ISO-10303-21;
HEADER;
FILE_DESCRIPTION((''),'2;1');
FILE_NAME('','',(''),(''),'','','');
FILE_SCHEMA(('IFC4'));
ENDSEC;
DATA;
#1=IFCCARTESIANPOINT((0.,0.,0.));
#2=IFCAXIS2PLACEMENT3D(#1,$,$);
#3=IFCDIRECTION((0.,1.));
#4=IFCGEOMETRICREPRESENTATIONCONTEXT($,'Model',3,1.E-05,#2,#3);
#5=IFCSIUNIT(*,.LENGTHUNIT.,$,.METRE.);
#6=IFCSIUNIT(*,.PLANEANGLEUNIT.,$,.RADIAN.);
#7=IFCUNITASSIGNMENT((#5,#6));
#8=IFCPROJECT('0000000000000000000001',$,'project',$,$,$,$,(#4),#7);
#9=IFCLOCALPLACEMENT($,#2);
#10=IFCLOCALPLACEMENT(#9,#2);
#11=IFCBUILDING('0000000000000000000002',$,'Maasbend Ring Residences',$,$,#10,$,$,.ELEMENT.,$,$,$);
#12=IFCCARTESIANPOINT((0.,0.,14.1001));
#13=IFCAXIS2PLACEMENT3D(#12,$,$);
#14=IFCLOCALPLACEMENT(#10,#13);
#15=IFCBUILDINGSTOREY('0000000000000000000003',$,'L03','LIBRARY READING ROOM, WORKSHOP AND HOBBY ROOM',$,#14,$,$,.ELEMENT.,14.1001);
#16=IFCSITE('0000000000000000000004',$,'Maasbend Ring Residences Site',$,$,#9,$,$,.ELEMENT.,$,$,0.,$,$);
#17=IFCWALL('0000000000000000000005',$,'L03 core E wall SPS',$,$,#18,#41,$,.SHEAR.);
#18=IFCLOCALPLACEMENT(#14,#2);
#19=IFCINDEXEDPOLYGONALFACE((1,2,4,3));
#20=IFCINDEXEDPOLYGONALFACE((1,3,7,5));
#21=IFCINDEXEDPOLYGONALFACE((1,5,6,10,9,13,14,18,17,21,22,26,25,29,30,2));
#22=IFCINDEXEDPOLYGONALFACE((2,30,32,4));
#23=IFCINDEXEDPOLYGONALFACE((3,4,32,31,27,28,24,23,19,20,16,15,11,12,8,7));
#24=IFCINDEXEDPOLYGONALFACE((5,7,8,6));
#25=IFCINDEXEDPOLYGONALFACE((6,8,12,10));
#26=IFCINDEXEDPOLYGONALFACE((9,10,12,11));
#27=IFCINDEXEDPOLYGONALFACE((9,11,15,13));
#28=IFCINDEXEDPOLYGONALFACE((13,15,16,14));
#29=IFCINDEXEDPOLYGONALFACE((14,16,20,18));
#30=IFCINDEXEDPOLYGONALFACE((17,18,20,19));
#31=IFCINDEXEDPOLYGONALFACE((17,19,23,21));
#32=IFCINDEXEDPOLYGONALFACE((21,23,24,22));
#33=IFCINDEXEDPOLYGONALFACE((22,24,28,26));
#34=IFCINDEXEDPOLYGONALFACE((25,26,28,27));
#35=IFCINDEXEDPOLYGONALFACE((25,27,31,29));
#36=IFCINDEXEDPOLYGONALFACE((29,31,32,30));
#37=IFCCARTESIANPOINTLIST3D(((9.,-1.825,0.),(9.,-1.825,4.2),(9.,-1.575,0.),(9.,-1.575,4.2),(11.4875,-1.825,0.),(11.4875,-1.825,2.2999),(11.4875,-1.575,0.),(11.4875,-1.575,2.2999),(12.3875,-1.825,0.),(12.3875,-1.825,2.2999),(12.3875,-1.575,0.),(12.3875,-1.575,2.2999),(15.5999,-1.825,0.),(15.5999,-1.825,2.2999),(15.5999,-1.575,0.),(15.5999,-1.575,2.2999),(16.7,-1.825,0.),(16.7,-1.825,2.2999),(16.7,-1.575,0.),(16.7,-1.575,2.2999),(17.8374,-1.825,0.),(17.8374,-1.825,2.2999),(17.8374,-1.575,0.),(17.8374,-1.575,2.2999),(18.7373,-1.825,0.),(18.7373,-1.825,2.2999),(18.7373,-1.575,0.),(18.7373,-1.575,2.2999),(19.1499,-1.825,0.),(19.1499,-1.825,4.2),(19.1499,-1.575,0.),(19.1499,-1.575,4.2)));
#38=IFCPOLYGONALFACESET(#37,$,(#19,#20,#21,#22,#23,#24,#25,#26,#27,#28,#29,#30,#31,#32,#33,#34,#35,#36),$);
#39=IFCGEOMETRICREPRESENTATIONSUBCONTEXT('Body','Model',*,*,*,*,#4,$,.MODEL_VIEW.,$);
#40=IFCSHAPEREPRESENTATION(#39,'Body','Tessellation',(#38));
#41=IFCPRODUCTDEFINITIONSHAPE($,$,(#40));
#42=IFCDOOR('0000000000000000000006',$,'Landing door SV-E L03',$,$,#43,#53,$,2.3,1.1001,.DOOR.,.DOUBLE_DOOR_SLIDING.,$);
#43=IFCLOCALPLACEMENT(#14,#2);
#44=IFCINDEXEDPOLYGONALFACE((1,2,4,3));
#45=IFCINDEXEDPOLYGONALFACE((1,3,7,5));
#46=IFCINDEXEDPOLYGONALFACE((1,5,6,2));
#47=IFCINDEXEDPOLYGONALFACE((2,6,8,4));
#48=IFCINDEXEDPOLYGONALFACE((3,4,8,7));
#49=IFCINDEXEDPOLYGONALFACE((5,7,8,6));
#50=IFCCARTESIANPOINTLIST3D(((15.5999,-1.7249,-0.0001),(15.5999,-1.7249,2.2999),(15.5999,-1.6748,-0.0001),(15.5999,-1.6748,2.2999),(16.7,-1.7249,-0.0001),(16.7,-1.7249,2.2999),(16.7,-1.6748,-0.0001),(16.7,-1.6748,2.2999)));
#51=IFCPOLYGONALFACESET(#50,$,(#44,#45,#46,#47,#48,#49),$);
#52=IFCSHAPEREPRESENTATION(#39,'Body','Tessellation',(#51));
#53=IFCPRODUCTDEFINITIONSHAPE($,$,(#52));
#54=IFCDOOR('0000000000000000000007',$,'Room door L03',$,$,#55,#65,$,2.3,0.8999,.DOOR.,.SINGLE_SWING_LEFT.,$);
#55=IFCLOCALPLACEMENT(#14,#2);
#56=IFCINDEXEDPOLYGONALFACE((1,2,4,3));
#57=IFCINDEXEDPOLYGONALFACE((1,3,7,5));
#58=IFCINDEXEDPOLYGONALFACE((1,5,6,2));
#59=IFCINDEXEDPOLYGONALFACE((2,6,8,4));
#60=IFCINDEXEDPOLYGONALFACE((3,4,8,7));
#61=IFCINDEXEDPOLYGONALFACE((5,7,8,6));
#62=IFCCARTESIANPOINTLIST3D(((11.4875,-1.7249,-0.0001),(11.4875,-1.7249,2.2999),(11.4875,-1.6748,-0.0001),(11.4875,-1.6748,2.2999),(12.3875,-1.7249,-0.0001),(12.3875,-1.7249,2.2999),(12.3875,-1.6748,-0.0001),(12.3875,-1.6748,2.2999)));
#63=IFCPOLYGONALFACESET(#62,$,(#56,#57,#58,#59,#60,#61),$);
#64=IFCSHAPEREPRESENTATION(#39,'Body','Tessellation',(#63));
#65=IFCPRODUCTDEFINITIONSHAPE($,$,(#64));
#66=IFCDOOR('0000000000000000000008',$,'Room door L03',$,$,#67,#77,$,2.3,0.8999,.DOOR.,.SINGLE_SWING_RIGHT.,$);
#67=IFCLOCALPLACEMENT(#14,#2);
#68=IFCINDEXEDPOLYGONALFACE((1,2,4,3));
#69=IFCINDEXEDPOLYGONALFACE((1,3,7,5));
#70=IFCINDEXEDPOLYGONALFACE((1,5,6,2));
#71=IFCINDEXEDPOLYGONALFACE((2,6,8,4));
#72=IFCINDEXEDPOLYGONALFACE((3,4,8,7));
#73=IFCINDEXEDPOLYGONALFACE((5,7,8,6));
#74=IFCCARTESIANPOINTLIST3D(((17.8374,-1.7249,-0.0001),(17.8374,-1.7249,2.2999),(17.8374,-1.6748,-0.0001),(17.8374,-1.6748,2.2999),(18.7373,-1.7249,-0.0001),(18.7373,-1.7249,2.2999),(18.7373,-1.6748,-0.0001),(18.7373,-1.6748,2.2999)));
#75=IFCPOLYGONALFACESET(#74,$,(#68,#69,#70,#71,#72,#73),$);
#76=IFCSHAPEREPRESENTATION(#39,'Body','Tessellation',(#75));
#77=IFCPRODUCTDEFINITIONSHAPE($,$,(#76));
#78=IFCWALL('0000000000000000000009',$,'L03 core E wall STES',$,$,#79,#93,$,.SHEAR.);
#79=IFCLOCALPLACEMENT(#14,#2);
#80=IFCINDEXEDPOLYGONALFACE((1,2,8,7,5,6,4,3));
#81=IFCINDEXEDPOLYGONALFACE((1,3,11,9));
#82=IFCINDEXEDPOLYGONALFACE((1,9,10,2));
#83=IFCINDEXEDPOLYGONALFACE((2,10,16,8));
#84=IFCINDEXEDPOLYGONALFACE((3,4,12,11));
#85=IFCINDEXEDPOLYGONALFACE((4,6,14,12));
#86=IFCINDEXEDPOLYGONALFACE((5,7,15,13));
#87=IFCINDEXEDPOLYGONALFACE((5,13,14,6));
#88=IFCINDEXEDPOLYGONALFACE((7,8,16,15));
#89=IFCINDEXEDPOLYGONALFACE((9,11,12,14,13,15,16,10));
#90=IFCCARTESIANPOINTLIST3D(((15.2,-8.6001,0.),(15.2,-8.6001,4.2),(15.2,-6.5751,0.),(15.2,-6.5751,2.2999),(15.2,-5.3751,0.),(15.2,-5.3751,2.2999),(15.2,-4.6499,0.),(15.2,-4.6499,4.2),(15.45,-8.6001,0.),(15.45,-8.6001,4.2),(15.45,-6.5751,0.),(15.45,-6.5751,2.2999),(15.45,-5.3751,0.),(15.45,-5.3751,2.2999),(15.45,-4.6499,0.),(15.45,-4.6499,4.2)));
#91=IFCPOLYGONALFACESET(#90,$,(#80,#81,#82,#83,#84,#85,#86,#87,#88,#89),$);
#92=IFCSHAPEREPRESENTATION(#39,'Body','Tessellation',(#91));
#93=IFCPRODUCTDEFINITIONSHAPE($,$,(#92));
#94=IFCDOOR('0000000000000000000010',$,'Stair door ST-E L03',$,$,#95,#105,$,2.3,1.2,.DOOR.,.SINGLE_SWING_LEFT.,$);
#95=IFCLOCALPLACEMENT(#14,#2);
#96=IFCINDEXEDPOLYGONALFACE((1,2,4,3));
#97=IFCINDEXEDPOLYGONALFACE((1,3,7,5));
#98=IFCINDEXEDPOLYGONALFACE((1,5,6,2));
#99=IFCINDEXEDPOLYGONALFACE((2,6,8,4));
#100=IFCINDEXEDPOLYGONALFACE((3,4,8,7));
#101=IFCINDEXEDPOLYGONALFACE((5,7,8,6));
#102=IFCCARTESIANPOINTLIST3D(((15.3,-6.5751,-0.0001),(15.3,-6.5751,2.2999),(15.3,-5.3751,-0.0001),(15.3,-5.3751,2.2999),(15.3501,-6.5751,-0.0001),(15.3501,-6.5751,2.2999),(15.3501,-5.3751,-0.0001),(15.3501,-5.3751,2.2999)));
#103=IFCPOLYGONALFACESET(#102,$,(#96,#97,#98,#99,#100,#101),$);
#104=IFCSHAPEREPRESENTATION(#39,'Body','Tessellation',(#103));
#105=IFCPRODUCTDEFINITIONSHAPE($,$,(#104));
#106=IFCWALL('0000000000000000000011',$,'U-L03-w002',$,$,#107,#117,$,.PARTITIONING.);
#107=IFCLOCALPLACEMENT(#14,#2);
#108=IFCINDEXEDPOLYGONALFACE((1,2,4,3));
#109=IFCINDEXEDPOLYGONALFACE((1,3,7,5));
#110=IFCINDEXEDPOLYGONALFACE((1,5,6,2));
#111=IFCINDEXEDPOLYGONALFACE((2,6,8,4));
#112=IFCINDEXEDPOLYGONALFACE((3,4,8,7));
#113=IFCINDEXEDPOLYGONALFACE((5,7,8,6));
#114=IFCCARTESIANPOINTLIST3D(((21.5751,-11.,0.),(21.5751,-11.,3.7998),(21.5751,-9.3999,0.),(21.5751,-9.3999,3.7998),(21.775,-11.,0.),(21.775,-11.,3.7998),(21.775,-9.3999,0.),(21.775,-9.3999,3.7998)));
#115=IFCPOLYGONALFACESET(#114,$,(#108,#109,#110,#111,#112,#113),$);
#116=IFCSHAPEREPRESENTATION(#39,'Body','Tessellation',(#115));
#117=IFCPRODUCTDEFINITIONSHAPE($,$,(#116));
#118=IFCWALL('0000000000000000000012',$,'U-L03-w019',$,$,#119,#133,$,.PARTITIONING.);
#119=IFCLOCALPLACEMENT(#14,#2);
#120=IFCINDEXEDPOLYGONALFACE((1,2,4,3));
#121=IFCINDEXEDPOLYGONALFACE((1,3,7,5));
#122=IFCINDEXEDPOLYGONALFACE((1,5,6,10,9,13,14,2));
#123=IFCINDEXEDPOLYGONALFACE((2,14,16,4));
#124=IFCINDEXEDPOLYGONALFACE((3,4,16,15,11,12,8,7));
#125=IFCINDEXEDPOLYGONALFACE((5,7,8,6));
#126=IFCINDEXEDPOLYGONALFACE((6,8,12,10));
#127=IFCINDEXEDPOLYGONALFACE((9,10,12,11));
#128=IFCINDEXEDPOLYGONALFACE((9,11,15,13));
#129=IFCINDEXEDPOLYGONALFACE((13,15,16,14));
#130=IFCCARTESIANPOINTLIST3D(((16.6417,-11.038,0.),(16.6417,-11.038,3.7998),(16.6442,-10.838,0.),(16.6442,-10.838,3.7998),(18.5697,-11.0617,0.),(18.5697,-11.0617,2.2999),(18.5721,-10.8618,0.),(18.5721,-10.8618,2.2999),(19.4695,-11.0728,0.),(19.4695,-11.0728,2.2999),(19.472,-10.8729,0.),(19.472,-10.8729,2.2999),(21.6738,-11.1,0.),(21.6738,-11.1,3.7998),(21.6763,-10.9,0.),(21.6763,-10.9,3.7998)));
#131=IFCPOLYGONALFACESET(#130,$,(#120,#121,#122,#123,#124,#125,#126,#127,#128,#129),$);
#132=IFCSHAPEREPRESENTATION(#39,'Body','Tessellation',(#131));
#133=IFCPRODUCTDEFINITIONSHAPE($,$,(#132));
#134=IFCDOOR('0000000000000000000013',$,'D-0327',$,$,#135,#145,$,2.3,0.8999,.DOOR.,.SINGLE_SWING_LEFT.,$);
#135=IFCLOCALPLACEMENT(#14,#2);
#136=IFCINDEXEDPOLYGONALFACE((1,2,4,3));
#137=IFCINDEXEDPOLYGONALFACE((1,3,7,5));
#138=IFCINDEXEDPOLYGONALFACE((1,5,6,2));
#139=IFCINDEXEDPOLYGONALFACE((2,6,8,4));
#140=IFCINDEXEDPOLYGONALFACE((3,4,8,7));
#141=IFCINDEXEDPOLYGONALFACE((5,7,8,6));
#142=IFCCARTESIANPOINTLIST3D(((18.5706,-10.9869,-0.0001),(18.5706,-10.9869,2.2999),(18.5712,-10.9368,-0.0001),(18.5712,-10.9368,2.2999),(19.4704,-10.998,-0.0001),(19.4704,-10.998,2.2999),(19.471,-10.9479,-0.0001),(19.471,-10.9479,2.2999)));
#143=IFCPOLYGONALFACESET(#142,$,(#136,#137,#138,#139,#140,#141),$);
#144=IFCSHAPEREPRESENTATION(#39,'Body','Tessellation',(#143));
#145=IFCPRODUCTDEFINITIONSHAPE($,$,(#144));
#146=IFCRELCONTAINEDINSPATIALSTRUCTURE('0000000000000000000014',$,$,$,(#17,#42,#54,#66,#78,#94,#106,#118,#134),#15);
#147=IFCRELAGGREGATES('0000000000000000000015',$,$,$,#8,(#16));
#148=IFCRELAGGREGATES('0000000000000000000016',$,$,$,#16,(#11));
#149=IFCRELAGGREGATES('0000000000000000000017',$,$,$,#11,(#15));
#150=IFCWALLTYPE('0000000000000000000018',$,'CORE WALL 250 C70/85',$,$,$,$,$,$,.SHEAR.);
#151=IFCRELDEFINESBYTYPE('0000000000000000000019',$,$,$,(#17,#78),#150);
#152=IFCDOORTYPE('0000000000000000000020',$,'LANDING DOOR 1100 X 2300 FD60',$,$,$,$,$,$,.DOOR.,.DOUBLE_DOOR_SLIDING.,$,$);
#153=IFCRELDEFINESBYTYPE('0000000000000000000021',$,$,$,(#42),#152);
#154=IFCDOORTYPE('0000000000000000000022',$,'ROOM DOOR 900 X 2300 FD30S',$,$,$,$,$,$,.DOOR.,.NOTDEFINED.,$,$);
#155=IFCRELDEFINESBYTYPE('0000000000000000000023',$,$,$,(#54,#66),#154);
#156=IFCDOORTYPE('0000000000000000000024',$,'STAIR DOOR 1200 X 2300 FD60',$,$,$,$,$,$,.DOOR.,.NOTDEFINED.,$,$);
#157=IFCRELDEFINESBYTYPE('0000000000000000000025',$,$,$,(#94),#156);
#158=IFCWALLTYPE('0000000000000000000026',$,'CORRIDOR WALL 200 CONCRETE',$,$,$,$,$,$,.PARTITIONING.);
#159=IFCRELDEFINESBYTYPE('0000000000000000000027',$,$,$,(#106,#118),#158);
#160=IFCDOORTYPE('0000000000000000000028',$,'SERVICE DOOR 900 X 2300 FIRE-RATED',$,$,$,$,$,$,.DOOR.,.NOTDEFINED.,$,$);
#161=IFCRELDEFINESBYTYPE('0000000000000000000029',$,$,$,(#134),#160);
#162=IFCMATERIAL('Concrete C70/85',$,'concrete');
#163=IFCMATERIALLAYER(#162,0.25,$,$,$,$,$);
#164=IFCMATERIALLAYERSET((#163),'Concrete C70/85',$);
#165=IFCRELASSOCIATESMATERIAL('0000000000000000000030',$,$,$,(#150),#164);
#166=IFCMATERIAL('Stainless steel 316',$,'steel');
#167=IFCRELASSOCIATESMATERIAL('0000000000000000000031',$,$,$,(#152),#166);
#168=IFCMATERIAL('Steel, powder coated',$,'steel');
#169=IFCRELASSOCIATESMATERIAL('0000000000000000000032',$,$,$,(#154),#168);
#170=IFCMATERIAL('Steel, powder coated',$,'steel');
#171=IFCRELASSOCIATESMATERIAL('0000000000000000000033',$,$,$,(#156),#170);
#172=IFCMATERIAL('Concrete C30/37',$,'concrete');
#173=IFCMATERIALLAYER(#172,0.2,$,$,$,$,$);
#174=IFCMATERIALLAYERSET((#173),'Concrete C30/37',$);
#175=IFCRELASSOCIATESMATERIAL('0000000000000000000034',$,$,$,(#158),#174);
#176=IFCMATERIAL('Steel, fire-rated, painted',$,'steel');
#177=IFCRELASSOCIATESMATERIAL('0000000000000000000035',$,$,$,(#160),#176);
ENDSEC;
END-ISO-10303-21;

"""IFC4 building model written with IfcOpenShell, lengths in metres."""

from ifc_helpers import new_model, si_unit, direction, frame, frame_2d, origin, place, context, subcontext, project, spatial, rectangle, extrude, material, layer, layer_set, type_object, element, fill, save


model = new_model("IFC4")

# Units and contexts
model_context = context("Model", 3, precision=1e-05, world=origin(), true_north=direction((0.0, 1.0)))
body_context = subcontext(model_context, "Body", "Model", "MODEL_VIEW")
ifc_project = project(units=[si_unit("LENGTHUNIT", "METRE"), si_unit("PLANEANGLEUNIT", "RADIAN")], contexts=[model_context])

# Site, building, storey
site_placement = place(None, origin())
site = spatial("IfcSite", under=ifc_project, at=site_placement, Name="Maasbend Ring Residences Site", CompositionType="ELEMENT", RefElevation=0.0)
building_placement = place(site_placement, origin())
building = spatial("IfcBuilding", under=site, at=building_placement, Name="Maasbend Ring Residences", CompositionType="ELEMENT")
storey_placement = place(building_placement, frame((0.0, 0.0, 14.1001)))
storey = spatial("IfcBuildingStorey", under=building, at=storey_placement, Name="L03", Description="LIBRARY READING ROOM, WORKSHOP AND HOBBY ROOM", CompositionType="ELEMENT", Elevation=14.1001)

# Wall, openings, doors
ifc_material_1 = material(Name="Concrete C70/85", Category="concrete")
ifc_layer_1 = layer(ifc_material_1, 0.25)
ifc_layer_set_1 = layer_set([ifc_layer_1], Name="Concrete C70/85")
wall_type_1 = type_object("IfcWallType", Name="CORE WALL 250 C70/85", PredefinedType="SHEAR", material=ifc_layer_set_1)
wall_1_placement = place(storey_placement, frame((19.1499, -1.7, 0.0), z_axis=(0.0, 0.0, 1.0), x_axis=(-1.0, 0.0, 0.0)))
wall_1 = element("IfcWall", 1, at=wall_1_placement, inside=storey, type_object=wall_type_1, Name="L03 core E wall SPS", PredefinedType="SHEAR", context=body_context, shape_type="SweptSolid", body=[
    extrude(rectangle(XDim=10.1499, YDim=0.25, at=frame_2d((5.075, 0.0))), origin(), (0.0, 0.0, 1.0), 4.2),
])
opening_1_placement = place(wall_1_placement, frame((2.45, 0.0, 0.0)))
opening_1 = element("IfcOpeningElement", 2, at=opening_1_placement, cuts=wall_1, PredefinedType="OPENING", context=body_context, shape_type="SweptSolid", body=[
    extrude(rectangle(XDim=1.1001, YDim=2.3, at=frame_2d((0.55, 1.1499))), frame((0.0, 0.135, 0.0), z_axis=(0.0, -1.0, 0.0), x_axis=(1.0, 0.0, 0.0)), (0.0, 0.0, 1.0), 0.27),
])
opening_2_placement = place(wall_1_placement, frame((6.7625, 0.0, 0.0)))
opening_2 = element("IfcOpeningElement", 3, at=opening_2_placement, cuts=wall_1, PredefinedType="OPENING", context=body_context, shape_type="SweptSolid", body=[
    extrude(rectangle(XDim=0.8999, YDim=2.3, at=frame_2d((0.45, 1.1499))), frame((0.0, 0.135, 0.0), z_axis=(0.0, -1.0, 0.0), x_axis=(1.0, 0.0, 0.0)), (0.0, 0.0, 1.0), 0.27),
])
opening_3_placement = place(wall_1_placement, frame((0.4126, 0.0, 0.0)))
opening_3 = element("IfcOpeningElement", 4, at=opening_3_placement, cuts=wall_1, PredefinedType="OPENING", context=body_context, shape_type="SweptSolid", body=[
    extrude(rectangle(XDim=0.8999, YDim=2.3, at=frame_2d((0.45, 1.1499))), frame((0.0, 0.135, 0.0), z_axis=(0.0, -1.0, 0.0), x_axis=(1.0, 0.0, 0.0)), (0.0, 0.0, 1.0), 0.27),
])
ifc_material_2 = material(Name="Stainless steel 316", Category="steel")
door_type_1 = type_object("IfcDoorType", Name="LANDING DOOR 1100 X 2300 FD60", OperationType="DOUBLE_DOOR_SLIDING", PredefinedType="DOOR", material=ifc_material_2)
door_1_placement = place(opening_1_placement, origin())
door_1 = element("IfcDoor", 5, at=door_1_placement, inside=storey, type_object=door_type_1, Name="Landing door SV-E L03", OperationType="DOUBLE_DOOR_SLIDING", OverallHeight=2.3, OverallWidth=1.1001, PredefinedType="DOOR", context=body_context, shape_type="SweptSolid", body=[
    extrude(rectangle(XDim=1.1001, YDim=2.3, at=frame_2d((0.55, 1.1499))), frame((0.0, 0.0249, 0.0), z_axis=(0.0, -1.0, 0.0), x_axis=(1.0, 0.0, 0.0)), (0.0, 0.0, 1.0), 0.05),
])
fill(opening_1, door_1)
ifc_material_3 = material(Name="Steel, powder coated", Category="steel")
door_type_2 = type_object("IfcDoorType", Name="ROOM DOOR 900 X 2300 FD30S", OperationType="NOTDEFINED", PredefinedType="DOOR", material=ifc_material_3)
door_2_placement = place(opening_2_placement, origin())
door_2 = element("IfcDoor", 6, at=door_2_placement, inside=storey, type_object=door_type_2, Name="Room door L03", OperationType="SINGLE_SWING_LEFT", OverallHeight=2.3, OverallWidth=0.8999, PredefinedType="DOOR", context=body_context, shape_type="SweptSolid", body=[
    extrude(rectangle(XDim=0.8999, YDim=2.3, at=frame_2d((0.45, 1.1499))), frame((0.0, 0.0249, 0.0), z_axis=(0.0, -1.0, 0.0), x_axis=(1.0, 0.0, 0.0)), (0.0, 0.0, 1.0), 0.05),
])
fill(opening_2, door_2)
door_3_placement = place(opening_3_placement, origin())
door_3 = element("IfcDoor", 7, at=door_3_placement, inside=storey, type_object=door_type_2, Name="Room door L03", OperationType="SINGLE_SWING_RIGHT", OverallHeight=2.3, OverallWidth=0.8999, PredefinedType="DOOR", context=body_context, shape_type="SweptSolid", body=[
    extrude(rectangle(XDim=0.8999, YDim=2.3, at=frame_2d((0.45, 1.1499))), frame((0.0, 0.0249, 0.0), z_axis=(0.0, -1.0, 0.0), x_axis=(1.0, 0.0, 0.0)), (0.0, 0.0, 1.0), 0.05),
])
fill(opening_3, door_3)

# Wall, opening, door
wall_2_placement = place(storey_placement, frame((15.325, -8.6001, 0.0), z_axis=(0.0, 0.0, 1.0), x_axis=(0.0, 1.0, 0.0)))
wall_2 = element("IfcWall", 8, at=wall_2_placement, inside=storey, type_object=wall_type_1, Name="L03 core E wall STES", PredefinedType="SHEAR", context=body_context, shape_type="SweptSolid", body=[
    extrude(rectangle(XDim=3.9502, YDim=0.25, at=frame_2d((1.9751, 0.0))), origin(), (0.0, 0.0, 1.0), 4.2),
])
opening_4_placement = place(wall_2_placement, frame((2.0249, 0.0, 0.0)))
opening_4 = element("IfcOpeningElement", 9, at=opening_4_placement, cuts=wall_2, PredefinedType="OPENING", context=body_context, shape_type="SweptSolid", body=[
    extrude(rectangle(XDim=1.2, YDim=2.3, at=frame_2d((0.6001, 1.1499))), frame((0.0, 0.135, 0.0), z_axis=(0.0, -1.0, 0.0), x_axis=(1.0, 0.0, 0.0)), (0.0, 0.0, 1.0), 0.27),
])
ifc_material_4 = material(Name="Steel, powder coated", Category="steel")
door_type_3 = type_object("IfcDoorType", Name="STAIR DOOR 1200 X 2300 FD60", OperationType="NOTDEFINED", PredefinedType="DOOR", material=ifc_material_4)
door_4_placement = place(opening_4_placement, origin())
door_4 = element("IfcDoor", 10, at=door_4_placement, inside=storey, type_object=door_type_3, Name="Stair door ST-E L03", OperationType="SINGLE_SWING_LEFT", OverallHeight=2.3, OverallWidth=1.2, PredefinedType="DOOR", context=body_context, shape_type="SweptSolid", body=[
    extrude(rectangle(XDim=1.2, YDim=2.3, at=frame_2d((0.6001, 1.1499))), frame((0.0, 0.0249, 0.0), z_axis=(0.0, -1.0, 0.0), x_axis=(1.0, 0.0, 0.0)), (0.0, 0.0, 1.0), 0.05),
])
fill(opening_4, door_4)

# Wall
ifc_material_5 = material(Name="Concrete C30/37", Category="concrete")
ifc_layer_2 = layer(ifc_material_5, 0.2)
ifc_layer_set_2 = layer_set([ifc_layer_2], Name="Concrete C30/37")
wall_type_2 = type_object("IfcWallType", Name="CORRIDOR WALL 200 CONCRETE", PredefinedType="PARTITIONING", material=ifc_layer_set_2)
wall_3_placement = place(storey_placement, frame((21.675, -11.0, 0.0), z_axis=(0.0, 0.0, 1.0), x_axis=(0.0, 1.0, 0.0)))
element("IfcWall", 11, at=wall_3_placement, inside=storey, type_object=wall_type_2, Name="U-L03-w002", PredefinedType="PARTITIONING", context=body_context, shape_type="SweptSolid", body=[
    extrude(rectangle(XDim=1.6001, YDim=0.2, at=frame_2d((0.8, 0.0))), origin(), (0.0, 0.0, 1.0), 3.7998),
])

# Wall, opening, door
wall_4_placement = place(storey_placement, frame((16.6431, -10.938, 0.0), z_axis=(0.0, 0.0, 1.0), x_axis=(0.999924, -0.012323, 0.0)))
wall_4 = element("IfcWall", 12, at=wall_4_placement, inside=storey, type_object=wall_type_2, Name="U-L03-w019", PredefinedType="PARTITIONING", context=body_context, shape_type="SweptSolid", body=[
    extrude(rectangle(XDim=5.0325, YDim=0.2, at=frame_2d((2.5161, 0.0))), origin(), (0.0, 0.0, 1.0), 3.7998),
])
opening_5_placement = place(wall_4_placement, frame((1.928, 0.0, 0.0)))
opening_5 = element("IfcOpeningElement", 13, at=opening_5_placement, cuts=wall_4, PredefinedType="OPENING", context=body_context, shape_type="SweptSolid", body=[
    extrude(rectangle(XDim=0.8999, YDim=2.3, at=frame_2d((0.45, 1.1499))), frame((0.0, 0.1099, 0.0), z_axis=(0.0, -1.0, 0.0), x_axis=(1.0, 0.0, 0.0)), (0.0, 0.0, 1.0), 0.22),
])
ifc_material_6 = material(Name="Steel, fire-rated, painted", Category="steel")
door_type_4 = type_object("IfcDoorType", Name="SERVICE DOOR 900 X 2300 FIRE-RATED", OperationType="NOTDEFINED", PredefinedType="DOOR", material=ifc_material_6)
door_5_placement = place(opening_5_placement, origin())
door_5 = element("IfcDoor", 14, at=door_5_placement, inside=storey, type_object=door_type_4, Name="D-0327", OperationType="SINGLE_SWING_LEFT", OverallHeight=2.3, OverallWidth=0.8999, PredefinedType="DOOR", context=body_context, shape_type="SweptSolid", body=[
    extrude(rectangle(XDim=0.8999, YDim=2.3, at=frame_2d((0.45, 1.1499))), frame((0.0, 0.0249, 0.0), z_axis=(0.0, -1.0, 0.0), x_axis=(1.0, 0.0, 0.0)), (0.0, 0.0, 1.0), 0.05),
])
fill(opening_5, door_5)

save(model, "model.ifc")
